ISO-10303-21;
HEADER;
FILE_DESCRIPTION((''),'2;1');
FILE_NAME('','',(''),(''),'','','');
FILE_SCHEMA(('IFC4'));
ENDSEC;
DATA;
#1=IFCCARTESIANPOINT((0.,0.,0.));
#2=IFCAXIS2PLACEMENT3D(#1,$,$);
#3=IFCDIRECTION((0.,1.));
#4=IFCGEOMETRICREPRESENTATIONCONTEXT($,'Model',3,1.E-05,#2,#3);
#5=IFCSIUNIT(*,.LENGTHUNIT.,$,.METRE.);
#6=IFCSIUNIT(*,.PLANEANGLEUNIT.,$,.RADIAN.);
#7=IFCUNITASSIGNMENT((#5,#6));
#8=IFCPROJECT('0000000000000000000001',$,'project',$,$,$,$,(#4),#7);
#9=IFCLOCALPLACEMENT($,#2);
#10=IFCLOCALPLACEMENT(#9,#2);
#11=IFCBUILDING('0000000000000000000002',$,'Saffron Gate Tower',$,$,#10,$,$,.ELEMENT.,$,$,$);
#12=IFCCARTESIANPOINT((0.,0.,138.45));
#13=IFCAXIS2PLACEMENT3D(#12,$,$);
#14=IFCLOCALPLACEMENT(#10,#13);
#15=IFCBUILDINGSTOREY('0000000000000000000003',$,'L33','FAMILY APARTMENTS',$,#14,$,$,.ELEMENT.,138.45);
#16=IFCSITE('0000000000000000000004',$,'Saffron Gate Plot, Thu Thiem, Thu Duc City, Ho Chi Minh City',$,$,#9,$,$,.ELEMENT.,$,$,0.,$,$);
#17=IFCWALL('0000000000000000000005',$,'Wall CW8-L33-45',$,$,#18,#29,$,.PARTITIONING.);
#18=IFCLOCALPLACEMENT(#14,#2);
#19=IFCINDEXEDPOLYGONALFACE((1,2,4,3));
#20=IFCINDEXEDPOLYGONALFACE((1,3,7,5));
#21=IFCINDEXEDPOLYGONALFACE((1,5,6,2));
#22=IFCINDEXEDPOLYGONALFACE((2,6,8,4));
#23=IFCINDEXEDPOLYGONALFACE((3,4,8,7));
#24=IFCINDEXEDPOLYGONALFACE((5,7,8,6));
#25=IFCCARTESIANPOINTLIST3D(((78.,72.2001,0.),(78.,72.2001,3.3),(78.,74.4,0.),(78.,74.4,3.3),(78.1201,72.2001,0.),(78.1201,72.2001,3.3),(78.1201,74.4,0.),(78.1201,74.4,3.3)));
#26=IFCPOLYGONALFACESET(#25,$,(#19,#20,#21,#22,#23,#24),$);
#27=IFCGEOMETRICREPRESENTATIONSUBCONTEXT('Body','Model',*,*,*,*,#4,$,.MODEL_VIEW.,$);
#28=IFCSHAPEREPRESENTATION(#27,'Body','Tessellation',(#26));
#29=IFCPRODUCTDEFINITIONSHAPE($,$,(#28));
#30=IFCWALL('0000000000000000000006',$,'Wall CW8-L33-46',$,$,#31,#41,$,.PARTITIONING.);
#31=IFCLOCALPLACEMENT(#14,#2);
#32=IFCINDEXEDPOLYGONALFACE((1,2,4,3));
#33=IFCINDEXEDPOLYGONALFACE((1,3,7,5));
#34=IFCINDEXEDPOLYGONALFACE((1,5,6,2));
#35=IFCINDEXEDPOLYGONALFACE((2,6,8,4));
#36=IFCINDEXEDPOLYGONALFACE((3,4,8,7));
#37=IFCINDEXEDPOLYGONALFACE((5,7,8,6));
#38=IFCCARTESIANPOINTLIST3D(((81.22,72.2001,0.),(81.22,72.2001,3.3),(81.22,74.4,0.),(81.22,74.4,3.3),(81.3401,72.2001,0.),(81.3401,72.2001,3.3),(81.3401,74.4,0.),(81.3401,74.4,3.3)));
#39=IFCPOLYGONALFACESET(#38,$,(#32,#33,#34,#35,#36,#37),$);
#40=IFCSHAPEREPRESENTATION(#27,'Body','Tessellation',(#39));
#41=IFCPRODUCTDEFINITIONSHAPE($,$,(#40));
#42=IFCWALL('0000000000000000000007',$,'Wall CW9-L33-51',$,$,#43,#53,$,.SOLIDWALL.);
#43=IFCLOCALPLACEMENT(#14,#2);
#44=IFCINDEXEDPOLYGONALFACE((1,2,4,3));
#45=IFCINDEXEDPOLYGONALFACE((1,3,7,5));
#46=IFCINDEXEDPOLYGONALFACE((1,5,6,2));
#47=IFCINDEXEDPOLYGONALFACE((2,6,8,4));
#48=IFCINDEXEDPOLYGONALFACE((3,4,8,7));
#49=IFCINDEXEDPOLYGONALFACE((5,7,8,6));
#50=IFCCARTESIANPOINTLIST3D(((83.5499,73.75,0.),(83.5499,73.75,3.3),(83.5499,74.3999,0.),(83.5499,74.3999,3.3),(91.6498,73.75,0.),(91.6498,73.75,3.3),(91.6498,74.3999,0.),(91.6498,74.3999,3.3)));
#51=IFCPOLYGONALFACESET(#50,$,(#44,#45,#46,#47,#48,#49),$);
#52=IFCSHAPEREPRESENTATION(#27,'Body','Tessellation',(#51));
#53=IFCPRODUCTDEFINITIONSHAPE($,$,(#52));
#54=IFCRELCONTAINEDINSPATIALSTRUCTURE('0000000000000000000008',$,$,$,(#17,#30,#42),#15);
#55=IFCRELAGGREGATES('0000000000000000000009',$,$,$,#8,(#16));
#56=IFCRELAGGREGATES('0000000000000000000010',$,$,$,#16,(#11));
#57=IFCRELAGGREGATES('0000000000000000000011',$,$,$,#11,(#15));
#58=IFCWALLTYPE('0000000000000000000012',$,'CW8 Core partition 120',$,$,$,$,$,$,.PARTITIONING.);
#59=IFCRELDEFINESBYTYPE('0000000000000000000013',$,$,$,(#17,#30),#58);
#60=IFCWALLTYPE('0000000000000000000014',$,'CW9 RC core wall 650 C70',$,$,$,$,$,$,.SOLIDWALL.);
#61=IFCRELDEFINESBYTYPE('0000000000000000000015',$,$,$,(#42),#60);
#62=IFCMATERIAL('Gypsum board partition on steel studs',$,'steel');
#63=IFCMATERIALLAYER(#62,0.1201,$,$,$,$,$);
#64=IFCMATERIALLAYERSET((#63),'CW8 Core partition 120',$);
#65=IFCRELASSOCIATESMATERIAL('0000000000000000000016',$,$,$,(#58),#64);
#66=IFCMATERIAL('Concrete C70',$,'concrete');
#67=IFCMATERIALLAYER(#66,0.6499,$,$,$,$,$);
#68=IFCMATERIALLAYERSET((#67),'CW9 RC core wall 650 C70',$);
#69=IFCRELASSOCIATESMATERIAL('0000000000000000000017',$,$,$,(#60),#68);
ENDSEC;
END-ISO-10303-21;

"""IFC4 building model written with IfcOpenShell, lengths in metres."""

from ifc_helpers import new_model, si_unit, direction, frame, frame_2d, origin, place, context, subcontext, project, spatial, rectangle, extrude, material, layer, layer_set, type_object, element, save


model = new_model("IFC4")

# Units and contexts
model_context = context("Model", 3, precision=1e-05, world=origin(), true_north=direction((0.0, 1.0)))
body_context = subcontext(model_context, "Body", "Model", "MODEL_VIEW")
ifc_project = project(units=[si_unit("LENGTHUNIT", "METRE"), si_unit("PLANEANGLEUNIT", "RADIAN")], contexts=[model_context])

# Site, building, storey
site_placement = place(None, origin())
site = spatial("IfcSite", under=ifc_project, at=site_placement, Name="Saffron Gate Plot, Thu Thiem, Thu Duc City, Ho Chi Minh City", CompositionType="ELEMENT", RefElevation=0.0)
building_placement = place(site_placement, origin())
building = spatial("IfcBuilding", under=site, at=building_placement, Name="Saffron Gate Tower", CompositionType="ELEMENT")
storey_placement = place(building_placement, frame((0.0, 0.0, 138.45)))
storey = spatial("IfcBuildingStorey", under=building, at=storey_placement, Name="L33", Description="FAMILY APARTMENTS", CompositionType="ELEMENT", Elevation=138.45)

# Shared definitions
ifc_material_1 = material(Name="Concrete C70", Category="concrete")

# Walls
ifc_material_2 = material(Name="Gypsum board partition on steel studs", Category="steel")
ifc_layer_1 = layer(ifc_material_2, 0.1201)
ifc_layer_set_1 = layer_set([ifc_layer_1], Name="CW8 Core partition 120")
wall_type_1 = type_object("IfcWallType", Name="CW8 Core partition 120", PredefinedType="PARTITIONING", material=ifc_layer_set_1)
for number, where, z_axis, x_axis, name in (
    (1, (78.0601, 72.2, 0.0), (0.0, 0.0, 1.0), (0.0, 1.0, 0.0), "Wall CW8-L33-45"),
    (2, (81.28, 72.2, 0.0), (0.0, 0.0, 1.0), (0.0, 1.0, 0.0), "Wall CW8-L33-46"),
):
    element("IfcWall", number, at=place(storey_placement, frame(where, z_axis=z_axis, x_axis=x_axis)), inside=storey, type_object=wall_type_1, Name=name, PredefinedType="PARTITIONING", context=body_context, shape_type="SweptSolid", body=[
        extrude(rectangle(XDim=2.2, YDim=0.1201, at=frame_2d((1.1001, 0.0))), origin(), (0.0, 0.0, 1.0), 3.3),
    ])
ifc_layer_2 = layer(ifc_material_1, 0.6499)
ifc_layer_set_2 = layer_set([ifc_layer_2], Name="CW9 RC core wall 650 C70")
wall_type_2 = type_object("IfcWallType", Name="CW9 RC core wall 650 C70", PredefinedType="SOLIDWALL", material=ifc_layer_set_2)
wall_1_placement = place(storey_placement, frame((83.55, 74.075, 0.0), z_axis=(0.0, 0.0, 1.0), x_axis=(1.0, 0.0, 0.0)))
element("IfcWall", 3, at=wall_1_placement, inside=storey, type_object=wall_type_2, Name="Wall CW9-L33-51", PredefinedType="SOLIDWALL", context=body_context, shape_type="SweptSolid", body=[
    extrude(rectangle(XDim=8.0999, YDim=0.6499, at=frame_2d((4.0498, 0.0))), origin(), (0.0, 0.0, 1.0), 3.3),
])

save(model, "model.ifc")
